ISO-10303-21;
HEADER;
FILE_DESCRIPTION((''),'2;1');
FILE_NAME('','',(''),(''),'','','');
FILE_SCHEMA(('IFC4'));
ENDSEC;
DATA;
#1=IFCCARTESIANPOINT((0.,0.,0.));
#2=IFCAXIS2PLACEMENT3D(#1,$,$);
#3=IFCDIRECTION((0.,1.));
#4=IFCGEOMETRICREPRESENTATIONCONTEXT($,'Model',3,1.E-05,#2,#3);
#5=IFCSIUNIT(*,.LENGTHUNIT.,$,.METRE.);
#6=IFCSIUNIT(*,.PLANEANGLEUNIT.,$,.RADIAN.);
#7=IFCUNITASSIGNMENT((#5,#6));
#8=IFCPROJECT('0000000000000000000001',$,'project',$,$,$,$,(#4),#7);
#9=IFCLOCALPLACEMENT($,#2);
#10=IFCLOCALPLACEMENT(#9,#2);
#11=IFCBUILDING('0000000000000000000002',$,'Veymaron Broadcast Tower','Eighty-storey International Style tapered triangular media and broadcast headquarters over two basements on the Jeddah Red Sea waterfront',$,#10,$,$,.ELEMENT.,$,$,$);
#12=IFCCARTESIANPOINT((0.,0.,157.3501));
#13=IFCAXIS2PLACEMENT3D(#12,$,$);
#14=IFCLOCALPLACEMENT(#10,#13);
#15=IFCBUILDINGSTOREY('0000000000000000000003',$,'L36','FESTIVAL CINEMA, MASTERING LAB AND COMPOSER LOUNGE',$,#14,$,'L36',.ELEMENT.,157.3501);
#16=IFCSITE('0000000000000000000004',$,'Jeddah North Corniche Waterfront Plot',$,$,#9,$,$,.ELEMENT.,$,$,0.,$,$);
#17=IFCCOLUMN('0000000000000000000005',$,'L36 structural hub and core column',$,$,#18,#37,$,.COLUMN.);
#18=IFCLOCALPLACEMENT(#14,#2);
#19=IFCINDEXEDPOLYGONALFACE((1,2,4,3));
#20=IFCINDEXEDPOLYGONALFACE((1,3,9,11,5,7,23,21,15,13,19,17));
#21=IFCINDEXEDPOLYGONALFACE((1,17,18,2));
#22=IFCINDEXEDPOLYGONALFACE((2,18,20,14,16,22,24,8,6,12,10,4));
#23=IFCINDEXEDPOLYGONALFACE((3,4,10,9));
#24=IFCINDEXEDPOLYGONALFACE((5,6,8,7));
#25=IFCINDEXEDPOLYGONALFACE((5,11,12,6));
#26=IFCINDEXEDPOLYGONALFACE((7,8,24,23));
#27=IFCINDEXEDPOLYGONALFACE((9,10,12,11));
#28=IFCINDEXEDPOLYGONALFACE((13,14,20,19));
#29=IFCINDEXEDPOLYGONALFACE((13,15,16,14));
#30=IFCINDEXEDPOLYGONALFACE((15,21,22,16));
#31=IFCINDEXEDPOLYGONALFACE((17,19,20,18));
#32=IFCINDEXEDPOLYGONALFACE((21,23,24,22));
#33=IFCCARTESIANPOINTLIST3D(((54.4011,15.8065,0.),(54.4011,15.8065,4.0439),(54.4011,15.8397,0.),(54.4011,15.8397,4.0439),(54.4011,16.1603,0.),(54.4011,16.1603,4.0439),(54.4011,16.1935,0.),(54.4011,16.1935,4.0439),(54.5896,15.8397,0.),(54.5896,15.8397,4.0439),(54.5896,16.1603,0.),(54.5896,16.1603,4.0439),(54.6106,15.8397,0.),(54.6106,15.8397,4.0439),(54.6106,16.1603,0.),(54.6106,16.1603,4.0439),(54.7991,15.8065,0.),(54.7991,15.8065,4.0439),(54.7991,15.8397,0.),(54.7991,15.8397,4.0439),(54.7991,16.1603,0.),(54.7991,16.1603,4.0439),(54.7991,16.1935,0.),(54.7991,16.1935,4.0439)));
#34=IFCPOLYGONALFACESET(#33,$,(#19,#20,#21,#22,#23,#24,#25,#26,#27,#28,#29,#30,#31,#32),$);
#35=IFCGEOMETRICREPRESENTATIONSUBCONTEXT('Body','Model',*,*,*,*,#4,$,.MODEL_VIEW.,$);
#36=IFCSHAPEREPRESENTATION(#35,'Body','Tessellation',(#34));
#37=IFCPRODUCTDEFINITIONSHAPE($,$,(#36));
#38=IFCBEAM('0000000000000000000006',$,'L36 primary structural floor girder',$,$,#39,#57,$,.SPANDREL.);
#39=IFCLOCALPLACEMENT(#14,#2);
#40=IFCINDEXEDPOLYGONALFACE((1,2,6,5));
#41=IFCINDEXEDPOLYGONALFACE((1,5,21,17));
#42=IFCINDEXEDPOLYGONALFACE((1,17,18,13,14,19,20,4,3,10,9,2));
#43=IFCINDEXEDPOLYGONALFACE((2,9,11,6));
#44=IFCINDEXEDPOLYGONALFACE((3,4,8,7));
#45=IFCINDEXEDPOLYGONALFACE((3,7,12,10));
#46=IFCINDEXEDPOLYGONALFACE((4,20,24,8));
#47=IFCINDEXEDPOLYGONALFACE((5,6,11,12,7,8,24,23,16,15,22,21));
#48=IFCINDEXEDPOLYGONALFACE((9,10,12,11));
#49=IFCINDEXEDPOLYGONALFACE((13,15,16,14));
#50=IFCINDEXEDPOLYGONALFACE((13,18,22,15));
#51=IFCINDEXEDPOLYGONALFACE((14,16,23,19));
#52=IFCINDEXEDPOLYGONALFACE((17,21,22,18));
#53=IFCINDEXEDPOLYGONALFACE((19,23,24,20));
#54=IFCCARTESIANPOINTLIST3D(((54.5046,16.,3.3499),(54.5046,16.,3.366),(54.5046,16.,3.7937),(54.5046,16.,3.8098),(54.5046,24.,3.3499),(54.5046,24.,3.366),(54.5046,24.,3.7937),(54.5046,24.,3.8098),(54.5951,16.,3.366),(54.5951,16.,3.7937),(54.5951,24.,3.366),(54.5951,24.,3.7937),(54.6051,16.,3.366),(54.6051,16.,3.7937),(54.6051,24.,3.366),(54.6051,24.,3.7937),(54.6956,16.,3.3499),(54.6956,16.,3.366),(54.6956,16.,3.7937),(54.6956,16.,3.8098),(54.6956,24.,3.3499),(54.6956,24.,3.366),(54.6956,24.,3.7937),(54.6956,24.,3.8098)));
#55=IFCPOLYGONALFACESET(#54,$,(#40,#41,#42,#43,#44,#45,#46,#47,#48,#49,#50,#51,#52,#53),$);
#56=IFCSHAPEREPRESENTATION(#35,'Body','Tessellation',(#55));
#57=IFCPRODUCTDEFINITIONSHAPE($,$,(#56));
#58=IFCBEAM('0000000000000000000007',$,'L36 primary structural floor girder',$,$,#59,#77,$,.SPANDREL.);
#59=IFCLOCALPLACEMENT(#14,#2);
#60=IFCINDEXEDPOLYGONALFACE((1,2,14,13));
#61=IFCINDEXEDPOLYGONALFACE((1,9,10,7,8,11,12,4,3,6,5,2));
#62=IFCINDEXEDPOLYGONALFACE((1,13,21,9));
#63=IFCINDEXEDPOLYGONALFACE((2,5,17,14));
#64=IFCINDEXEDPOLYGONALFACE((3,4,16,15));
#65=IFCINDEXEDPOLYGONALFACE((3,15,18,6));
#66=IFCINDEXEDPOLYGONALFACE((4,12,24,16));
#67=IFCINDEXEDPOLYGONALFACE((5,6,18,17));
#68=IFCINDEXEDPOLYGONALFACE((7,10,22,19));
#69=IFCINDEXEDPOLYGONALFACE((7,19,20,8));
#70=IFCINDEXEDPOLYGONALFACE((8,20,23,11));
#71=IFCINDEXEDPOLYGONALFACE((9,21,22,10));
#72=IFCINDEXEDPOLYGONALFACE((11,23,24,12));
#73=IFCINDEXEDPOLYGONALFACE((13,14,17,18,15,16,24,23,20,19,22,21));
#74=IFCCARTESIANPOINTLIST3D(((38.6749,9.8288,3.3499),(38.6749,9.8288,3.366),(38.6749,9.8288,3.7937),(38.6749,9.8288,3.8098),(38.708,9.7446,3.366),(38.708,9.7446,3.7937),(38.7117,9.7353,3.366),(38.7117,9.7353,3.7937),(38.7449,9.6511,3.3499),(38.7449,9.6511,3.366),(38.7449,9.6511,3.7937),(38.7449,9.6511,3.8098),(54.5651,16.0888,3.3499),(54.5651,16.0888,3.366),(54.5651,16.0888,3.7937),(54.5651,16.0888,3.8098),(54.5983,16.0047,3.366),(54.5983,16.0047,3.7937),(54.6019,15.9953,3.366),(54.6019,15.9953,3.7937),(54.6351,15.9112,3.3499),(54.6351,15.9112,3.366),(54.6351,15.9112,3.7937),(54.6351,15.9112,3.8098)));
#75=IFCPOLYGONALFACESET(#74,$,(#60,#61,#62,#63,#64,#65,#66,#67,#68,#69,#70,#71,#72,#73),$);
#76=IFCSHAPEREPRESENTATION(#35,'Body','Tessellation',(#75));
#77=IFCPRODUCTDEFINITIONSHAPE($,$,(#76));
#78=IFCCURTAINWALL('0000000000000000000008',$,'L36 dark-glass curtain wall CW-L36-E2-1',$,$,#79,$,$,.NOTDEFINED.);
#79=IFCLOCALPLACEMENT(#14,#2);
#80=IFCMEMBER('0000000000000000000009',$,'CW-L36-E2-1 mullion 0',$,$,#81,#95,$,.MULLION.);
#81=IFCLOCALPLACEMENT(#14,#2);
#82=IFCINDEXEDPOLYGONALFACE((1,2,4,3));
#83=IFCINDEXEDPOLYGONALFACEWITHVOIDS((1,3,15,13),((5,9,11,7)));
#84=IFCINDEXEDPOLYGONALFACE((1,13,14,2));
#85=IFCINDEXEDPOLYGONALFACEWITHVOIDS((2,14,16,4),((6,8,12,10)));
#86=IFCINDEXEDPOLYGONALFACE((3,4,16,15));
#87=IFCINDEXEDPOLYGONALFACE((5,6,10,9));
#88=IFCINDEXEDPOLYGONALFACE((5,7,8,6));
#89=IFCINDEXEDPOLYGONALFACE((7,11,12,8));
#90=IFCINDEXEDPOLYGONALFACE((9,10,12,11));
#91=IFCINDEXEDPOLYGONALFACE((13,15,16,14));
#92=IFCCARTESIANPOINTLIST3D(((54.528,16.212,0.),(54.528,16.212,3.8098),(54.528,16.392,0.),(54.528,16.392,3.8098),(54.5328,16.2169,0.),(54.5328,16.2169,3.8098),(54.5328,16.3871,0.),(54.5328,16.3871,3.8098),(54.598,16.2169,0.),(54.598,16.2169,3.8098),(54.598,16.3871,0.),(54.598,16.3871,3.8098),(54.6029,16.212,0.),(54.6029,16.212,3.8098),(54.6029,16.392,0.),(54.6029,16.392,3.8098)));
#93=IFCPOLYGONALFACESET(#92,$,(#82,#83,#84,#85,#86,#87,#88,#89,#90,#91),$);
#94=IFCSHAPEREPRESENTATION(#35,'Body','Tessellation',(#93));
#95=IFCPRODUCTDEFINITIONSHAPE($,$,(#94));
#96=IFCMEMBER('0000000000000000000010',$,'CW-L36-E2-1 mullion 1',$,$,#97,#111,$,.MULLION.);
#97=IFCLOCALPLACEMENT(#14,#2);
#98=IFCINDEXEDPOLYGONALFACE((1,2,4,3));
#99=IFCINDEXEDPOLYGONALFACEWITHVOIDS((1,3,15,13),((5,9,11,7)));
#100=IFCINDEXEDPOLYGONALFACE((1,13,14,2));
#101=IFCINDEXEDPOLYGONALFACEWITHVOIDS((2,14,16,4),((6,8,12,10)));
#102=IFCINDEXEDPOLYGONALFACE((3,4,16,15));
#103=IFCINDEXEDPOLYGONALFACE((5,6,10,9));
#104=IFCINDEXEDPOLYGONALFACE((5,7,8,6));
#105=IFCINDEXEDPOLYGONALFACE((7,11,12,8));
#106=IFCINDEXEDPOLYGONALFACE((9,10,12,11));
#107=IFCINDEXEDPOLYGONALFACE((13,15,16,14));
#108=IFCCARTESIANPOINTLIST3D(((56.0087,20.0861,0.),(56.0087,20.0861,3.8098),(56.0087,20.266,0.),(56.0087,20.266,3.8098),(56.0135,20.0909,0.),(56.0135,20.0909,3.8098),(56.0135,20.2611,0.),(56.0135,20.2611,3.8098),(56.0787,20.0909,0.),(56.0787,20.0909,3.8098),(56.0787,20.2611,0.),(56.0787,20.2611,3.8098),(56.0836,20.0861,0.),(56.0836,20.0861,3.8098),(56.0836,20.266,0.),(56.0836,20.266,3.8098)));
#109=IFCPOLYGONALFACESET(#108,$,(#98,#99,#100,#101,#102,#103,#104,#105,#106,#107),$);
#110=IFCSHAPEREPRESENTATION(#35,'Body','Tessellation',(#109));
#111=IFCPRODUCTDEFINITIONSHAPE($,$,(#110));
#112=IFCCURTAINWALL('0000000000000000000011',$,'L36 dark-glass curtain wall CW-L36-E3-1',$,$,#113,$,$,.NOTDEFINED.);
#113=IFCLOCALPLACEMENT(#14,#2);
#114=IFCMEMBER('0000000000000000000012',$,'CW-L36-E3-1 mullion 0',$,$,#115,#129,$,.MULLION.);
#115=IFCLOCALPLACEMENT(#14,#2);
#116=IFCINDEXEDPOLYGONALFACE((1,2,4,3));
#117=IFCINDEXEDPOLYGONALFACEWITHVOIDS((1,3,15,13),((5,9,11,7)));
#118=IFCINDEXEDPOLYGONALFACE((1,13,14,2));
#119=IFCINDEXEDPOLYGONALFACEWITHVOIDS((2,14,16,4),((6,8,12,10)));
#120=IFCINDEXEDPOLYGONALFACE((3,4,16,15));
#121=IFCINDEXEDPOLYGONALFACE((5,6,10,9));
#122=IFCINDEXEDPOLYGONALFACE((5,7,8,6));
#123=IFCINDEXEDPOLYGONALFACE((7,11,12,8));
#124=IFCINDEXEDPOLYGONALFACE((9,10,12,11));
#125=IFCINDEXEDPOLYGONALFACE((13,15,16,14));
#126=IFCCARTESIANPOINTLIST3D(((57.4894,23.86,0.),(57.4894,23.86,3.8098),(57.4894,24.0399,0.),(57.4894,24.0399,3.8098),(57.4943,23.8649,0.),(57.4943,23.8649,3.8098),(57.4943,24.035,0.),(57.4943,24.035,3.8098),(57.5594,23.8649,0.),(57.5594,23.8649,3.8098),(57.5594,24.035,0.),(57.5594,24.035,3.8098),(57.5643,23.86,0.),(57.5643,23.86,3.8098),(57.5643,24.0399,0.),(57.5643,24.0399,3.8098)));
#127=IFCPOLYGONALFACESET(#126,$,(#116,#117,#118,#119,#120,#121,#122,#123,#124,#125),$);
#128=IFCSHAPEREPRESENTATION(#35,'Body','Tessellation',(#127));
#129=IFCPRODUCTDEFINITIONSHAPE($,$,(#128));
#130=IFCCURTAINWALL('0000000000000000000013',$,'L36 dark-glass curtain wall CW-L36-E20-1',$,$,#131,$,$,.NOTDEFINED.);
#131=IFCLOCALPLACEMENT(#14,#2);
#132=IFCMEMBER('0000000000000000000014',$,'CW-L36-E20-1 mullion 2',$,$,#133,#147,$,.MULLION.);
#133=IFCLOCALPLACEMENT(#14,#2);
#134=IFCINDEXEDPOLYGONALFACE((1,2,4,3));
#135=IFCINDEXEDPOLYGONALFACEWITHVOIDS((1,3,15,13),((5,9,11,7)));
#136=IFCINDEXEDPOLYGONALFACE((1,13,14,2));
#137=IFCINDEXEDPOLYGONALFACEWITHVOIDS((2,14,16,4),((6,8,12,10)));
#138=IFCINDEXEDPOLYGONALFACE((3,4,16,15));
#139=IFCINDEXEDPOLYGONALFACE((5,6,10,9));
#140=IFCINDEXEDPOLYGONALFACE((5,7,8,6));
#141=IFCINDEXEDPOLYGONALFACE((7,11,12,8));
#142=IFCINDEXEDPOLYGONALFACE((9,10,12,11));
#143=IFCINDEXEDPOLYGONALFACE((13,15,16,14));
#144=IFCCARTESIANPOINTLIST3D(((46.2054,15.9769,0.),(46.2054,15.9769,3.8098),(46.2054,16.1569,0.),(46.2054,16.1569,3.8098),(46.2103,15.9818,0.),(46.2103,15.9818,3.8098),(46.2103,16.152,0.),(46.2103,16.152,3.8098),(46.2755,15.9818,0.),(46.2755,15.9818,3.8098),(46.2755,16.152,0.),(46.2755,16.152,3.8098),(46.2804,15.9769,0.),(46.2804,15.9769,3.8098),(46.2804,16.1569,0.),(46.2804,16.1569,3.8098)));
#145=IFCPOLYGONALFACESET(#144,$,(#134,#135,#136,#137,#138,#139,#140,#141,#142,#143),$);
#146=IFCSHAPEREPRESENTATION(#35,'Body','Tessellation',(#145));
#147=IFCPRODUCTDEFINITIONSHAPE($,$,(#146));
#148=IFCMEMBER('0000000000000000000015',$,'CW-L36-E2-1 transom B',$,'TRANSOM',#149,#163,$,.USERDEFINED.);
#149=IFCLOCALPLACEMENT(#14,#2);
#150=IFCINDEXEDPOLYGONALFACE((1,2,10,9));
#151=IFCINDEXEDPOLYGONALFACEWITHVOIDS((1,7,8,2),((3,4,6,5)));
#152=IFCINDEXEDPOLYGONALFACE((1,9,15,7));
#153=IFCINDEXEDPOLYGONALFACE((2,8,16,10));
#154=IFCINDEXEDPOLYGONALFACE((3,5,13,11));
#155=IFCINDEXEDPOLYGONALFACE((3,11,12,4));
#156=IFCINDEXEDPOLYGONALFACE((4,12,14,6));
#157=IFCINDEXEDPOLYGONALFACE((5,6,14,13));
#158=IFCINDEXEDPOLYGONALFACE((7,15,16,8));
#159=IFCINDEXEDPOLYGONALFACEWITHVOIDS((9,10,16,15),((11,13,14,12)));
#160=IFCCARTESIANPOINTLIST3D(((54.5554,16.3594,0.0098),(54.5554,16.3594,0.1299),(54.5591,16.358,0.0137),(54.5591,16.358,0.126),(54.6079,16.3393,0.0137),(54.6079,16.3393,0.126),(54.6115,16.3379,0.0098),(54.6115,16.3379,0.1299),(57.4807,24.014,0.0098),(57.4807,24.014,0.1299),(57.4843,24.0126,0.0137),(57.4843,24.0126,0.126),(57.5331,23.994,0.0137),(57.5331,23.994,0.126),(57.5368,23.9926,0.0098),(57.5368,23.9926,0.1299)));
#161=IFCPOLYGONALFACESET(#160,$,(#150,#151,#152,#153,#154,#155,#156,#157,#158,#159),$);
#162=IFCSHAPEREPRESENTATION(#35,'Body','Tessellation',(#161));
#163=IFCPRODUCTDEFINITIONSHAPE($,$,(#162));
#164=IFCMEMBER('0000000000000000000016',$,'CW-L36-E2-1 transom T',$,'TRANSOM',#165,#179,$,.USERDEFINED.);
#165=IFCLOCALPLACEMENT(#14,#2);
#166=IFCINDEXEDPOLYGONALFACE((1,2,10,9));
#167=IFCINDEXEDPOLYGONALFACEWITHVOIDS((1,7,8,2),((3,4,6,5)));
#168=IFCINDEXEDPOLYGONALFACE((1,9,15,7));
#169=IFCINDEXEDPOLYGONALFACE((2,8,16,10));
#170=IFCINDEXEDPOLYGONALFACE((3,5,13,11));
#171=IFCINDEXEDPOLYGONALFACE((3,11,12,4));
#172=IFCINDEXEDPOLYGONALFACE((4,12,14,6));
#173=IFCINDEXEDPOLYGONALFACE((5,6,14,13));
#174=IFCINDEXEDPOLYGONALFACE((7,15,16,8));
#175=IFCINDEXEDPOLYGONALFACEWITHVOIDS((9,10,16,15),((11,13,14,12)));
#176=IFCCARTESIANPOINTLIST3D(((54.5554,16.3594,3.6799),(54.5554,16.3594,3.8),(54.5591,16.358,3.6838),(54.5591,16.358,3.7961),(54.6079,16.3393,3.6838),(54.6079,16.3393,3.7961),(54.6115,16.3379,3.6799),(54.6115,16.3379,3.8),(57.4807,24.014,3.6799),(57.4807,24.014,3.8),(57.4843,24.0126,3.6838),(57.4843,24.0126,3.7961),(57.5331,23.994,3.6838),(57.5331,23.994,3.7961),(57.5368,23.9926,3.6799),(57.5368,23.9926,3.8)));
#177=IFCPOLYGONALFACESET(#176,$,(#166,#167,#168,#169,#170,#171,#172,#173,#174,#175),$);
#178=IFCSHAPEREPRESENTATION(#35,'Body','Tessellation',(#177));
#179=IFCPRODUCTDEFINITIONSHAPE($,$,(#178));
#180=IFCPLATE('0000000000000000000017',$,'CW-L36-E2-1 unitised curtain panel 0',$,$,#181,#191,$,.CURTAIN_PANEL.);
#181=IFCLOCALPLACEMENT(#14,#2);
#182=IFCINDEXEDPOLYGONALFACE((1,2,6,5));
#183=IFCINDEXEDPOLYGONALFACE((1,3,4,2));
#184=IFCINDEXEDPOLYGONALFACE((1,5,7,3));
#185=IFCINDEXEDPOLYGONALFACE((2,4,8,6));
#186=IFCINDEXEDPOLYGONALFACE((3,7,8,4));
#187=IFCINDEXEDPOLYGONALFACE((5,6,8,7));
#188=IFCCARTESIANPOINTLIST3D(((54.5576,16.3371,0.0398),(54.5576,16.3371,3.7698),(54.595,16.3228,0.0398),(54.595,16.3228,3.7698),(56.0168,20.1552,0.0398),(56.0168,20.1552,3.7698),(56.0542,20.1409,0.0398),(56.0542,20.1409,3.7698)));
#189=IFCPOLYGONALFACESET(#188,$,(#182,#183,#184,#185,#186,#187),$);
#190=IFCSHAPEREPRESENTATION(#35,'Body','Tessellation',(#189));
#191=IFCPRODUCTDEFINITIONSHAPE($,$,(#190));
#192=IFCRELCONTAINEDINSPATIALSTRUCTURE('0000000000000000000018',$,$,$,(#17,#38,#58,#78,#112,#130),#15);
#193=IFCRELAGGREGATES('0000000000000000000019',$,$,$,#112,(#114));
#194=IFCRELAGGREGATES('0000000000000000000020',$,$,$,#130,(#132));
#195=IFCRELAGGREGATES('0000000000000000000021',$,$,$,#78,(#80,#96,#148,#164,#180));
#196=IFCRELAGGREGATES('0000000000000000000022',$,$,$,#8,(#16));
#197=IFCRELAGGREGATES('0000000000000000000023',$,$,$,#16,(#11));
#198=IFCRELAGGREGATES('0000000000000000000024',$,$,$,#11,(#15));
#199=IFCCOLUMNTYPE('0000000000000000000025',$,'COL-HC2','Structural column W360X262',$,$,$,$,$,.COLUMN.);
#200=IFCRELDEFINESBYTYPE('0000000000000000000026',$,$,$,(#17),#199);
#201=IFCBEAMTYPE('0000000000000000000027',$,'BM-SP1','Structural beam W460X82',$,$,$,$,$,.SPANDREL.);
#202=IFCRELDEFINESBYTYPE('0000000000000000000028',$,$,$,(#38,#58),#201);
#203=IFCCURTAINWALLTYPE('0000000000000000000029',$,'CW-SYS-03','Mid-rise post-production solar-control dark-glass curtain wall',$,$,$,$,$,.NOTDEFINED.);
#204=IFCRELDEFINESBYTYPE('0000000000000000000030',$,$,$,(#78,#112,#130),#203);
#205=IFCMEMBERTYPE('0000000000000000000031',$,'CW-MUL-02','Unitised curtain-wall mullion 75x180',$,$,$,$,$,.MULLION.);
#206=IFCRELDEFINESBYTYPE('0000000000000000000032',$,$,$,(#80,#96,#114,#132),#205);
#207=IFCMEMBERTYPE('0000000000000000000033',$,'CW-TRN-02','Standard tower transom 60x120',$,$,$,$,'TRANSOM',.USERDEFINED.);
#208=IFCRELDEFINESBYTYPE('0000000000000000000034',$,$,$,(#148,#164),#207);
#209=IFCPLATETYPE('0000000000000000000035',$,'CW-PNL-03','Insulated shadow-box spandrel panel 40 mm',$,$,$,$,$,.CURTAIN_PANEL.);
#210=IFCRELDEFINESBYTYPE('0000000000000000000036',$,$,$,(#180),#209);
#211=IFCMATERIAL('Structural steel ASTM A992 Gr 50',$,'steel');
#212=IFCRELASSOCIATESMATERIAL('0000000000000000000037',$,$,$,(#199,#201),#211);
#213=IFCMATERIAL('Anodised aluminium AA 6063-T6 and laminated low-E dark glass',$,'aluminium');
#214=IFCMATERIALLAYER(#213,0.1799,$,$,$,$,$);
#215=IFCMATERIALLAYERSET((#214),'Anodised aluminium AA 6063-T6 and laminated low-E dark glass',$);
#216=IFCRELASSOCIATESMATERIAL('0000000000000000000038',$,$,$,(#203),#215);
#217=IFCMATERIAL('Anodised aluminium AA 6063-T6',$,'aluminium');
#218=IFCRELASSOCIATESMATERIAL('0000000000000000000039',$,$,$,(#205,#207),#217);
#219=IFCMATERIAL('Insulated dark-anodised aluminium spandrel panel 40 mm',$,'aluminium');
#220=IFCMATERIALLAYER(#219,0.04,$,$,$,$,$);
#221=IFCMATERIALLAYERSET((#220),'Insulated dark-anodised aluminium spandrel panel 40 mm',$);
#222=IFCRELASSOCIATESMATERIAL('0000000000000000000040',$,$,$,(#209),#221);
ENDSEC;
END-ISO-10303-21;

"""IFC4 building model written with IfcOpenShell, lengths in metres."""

from ifc_helpers import new_model, si_unit, direction, frame, origin, origin_2d, place, context, subcontext, project, spatial, rectangle, hollow_rectangle, i_section, extrude, material, layer, layer_set, material_profile, profile_set, type_object, element, aggregate, save


model = new_model("IFC4")

# Units and contexts
model_context = context("Model", 3, precision=1e-05, world=origin(), true_north=direction((0.0, 1.0)))
body_context = subcontext(model_context, "Body", "Model", "MODEL_VIEW")
ifc_project = project(units=[si_unit("LENGTHUNIT", "METRE"), si_unit("PLANEANGLEUNIT", "RADIAN")], contexts=[model_context])

# Site, building, storey
site_placement = place(None, origin())
site = spatial("IfcSite", under=ifc_project, at=site_placement, Name="Jeddah North Corniche Waterfront Plot", CompositionType="ELEMENT", RefElevation=0.0)
building_placement = place(site_placement, origin())
building = spatial("IfcBuilding", under=site, at=building_placement, Name="Veymaron Broadcast Tower", Description="Eighty-storey International Style tapered triangular media and broadcast headquarters over two basements on the Jeddah Red Sea waterfront", CompositionType="ELEMENT")
storey_placement = place(building_placement, frame((0.0, 0.0, 157.3501)))
storey = spatial("IfcBuildingStorey", under=building, at=storey_placement, Name="L36", Description="FESTIVAL CINEMA, MASTERING LAB AND COMPOSER LOUNGE", LongName="L36", CompositionType="ELEMENT", Elevation=157.3501)

# Column
ifc_material_1 = material(Name="Structural steel ASTM A992 Gr 50", Category="steel")
ifc_material_profile_1 = material_profile(ifc_material_1, i_section(OverallWidth=0.3979, OverallDepth=0.387, WebThickness=0.021, FlangeThickness=0.0332, at=origin_2d()), Name="W360X262")
ifc_profile_set_1 = profile_set([ifc_material_profile_1], Name="Structural steel ASTM A992 Gr 50")
column_type = type_object("IfcColumnType", Name="COL-HC2", Description="Structural column W360X262", PredefinedType="COLUMN", material=ifc_profile_set_1)
column_placement = place(storey_placement, frame((54.6001, 16.0, 0.0), z_axis=(0.0, 0.0, 1.0), x_axis=(1.0, 0.0, 0.0)))
element("IfcColumn", 1, at=column_placement, inside=storey, type_object=column_type, Name="L36 structural hub and core column", PredefinedType="COLUMN", context=body_context, shape_type="SweptSolid", body=[
    extrude(i_section(OverallWidth=0.3979, OverallDepth=0.387, WebThickness=0.021, FlangeThickness=0.0332, at=origin_2d()), origin(), (0.0, 0.0, 1.0), 4.0439),
])

# Beams
ifc_material_profile_2 = material_profile(ifc_material_1, i_section(OverallWidth=0.1909, OverallDepth=0.46, WebThickness=0.01, FlangeThickness=0.0161, at=origin_2d()), Name="W460X82")
ifc_profile_set_2 = profile_set([ifc_material_profile_2], Name="Structural steel ASTM A992 Gr 50")
beam_type = type_object("IfcBeamType", Name="BM-SP1", Description="Structural beam W460X82", PredefinedType="SPANDREL", material=ifc_profile_set_2)
beam_1_placement = place(storey_placement, frame((54.6001, 16.0, 3.5798), z_axis=(0.0, 1.0, 0.0), x_axis=(-1.0, 0.0, 0.0)))
element("IfcBeam", 2, at=beam_1_placement, inside=storey, type_object=beam_type, Name="L36 primary structural floor girder", PredefinedType="SPANDREL", context=body_context, shape_type="SweptSolid", body=[
    extrude(i_section(OverallWidth=0.1909, OverallDepth=0.46, WebThickness=0.01, FlangeThickness=0.0161, at=origin_2d()), origin(), (0.0, 0.0, 1.0), 8.0),
])
beam_2_placement = place(storey_placement, frame((54.6001, 16.0, 3.5798), z_axis=(-0.930403, -0.366538, 0.0), x_axis=(0.366538, -0.930403, 0.0)))
element("IfcBeam", 3, at=beam_2_placement, inside=storey, type_object=beam_type, Name="L36 primary structural floor girder", PredefinedType="SPANDREL", context=body_context, shape_type="SweptSolid", body=[
    extrude(i_section(OverallWidth=0.1909, OverallDepth=0.46, WebThickness=0.01, FlangeThickness=0.0161, at=origin_2d()), origin(), (0.0, 0.0, 1.0), 17.0789),
])

# Curtain wall, members
ifc_material_2 = material(Name="Anodised aluminium AA 6063-T6 and laminated low-E dark glass", Category="aluminium")
ifc_layer_1 = layer(ifc_material_2, 0.1799)
ifc_layer_set_1 = layer_set([ifc_layer_1], Name="Anodised aluminium AA 6063-T6 and laminated low-E dark glass")
curtain_wall_type = type_object("IfcCurtainWallType", Name="CW-SYS-03", Description="Mid-rise post-production solar-control dark-glass curtain wall", PredefinedType="NOTDEFINED", material=ifc_layer_set_1)
curtain_wall_1_placement = place(storey_placement, origin())
curtain_wall_1 = element("IfcCurtainWall", 4, at=curtain_wall_1_placement, inside=storey, type_object=curtain_wall_type, Name="L36 dark-glass curtain wall CW-L36-E2-1", PredefinedType="NOTDEFINED")
ifc_material_3 = material(Name="Anodised aluminium AA 6063-T6", Category="aluminium")
ifc_material_profile_3 = material_profile(ifc_material_3, hollow_rectangle(XDim=0.075, YDim=0.1799, WallThickness=0.0049, at=origin_2d()), Name="AL180X75X5")
ifc_profile_set_3 = profile_set([ifc_material_profile_3], Name="Anodised aluminium AA 6063-T6")
member_type_1 = type_object("IfcMemberType", Name="CW-MUL-02", Description="Unitised curtain-wall mullion 75x180", PredefinedType="MULLION", material=ifc_profile_set_3)
member_1_placement = place(storey_placement, frame((54.5654, 16.302, 0.0), z_axis=(0.0, 0.0, 1.0), x_axis=(1.0, 0.0, 0.0)))
member_1 = element("IfcMember", 5, at=member_1_placement, type_object=member_type_1, Name="CW-L36-E2-1 mullion 0", PredefinedType="MULLION", context=body_context, shape_type="SweptSolid", body=[
    extrude(hollow_rectangle(XDim=0.075, YDim=0.1799, WallThickness=0.0049, at=origin_2d()), origin(), (0.0, 0.0, 1.0), 3.8098),
])
member_2_placement = place(storey_placement, frame((56.0461, 20.176, 0.0), z_axis=(0.0, 0.0, 1.0), x_axis=(1.0, 0.0, 0.0)))
member_2 = element("IfcMember", 6, at=member_2_placement, type_object=member_type_1, Name="CW-L36-E2-1 mullion 1", PredefinedType="MULLION", context=body_context, shape_type="SweptSolid", body=[
    extrude(hollow_rectangle(XDim=0.075, YDim=0.1799, WallThickness=0.0049, at=origin_2d()), origin(), (0.0, 0.0, 1.0), 3.8098),
])

# Curtain walls, members
curtain_wall_2_placement = place(storey_placement, origin())
curtain_wall_2 = element("IfcCurtainWall", 7, at=curtain_wall_2_placement, inside=storey, type_object=curtain_wall_type, Name="L36 dark-glass curtain wall CW-L36-E3-1", PredefinedType="NOTDEFINED")
member_3_placement = place(storey_placement, frame((57.5269, 23.95, 0.0), z_axis=(0.0, 0.0, 1.0), x_axis=(1.0, 0.0, 0.0)))
member_3 = element("IfcMember", 8, at=member_3_placement, type_object=member_type_1, Name="CW-L36-E3-1 mullion 0", PredefinedType="MULLION", context=body_context, shape_type="SweptSolid", body=[
    extrude(hollow_rectangle(XDim=0.075, YDim=0.1799, WallThickness=0.0049, at=origin_2d()), origin(), (0.0, 0.0, 1.0), 3.8098),
])
aggregate(curtain_wall_2, [member_3])
curtain_wall_3_placement = place(storey_placement, origin())
curtain_wall_3 = element("IfcCurtainWall", 9, at=curtain_wall_3_placement, inside=storey, type_object=curtain_wall_type, Name="L36 dark-glass curtain wall CW-L36-E20-1", PredefinedType="NOTDEFINED")
member_4_placement = place(storey_placement, frame((46.2429, 16.0669, 0.0), z_axis=(0.0, 0.0, 1.0), x_axis=(1.0, 0.0, 0.0)))
member_4 = element("IfcMember", 10, at=member_4_placement, type_object=member_type_1, Name="CW-L36-E20-1 mullion 2", PredefinedType="MULLION", context=body_context, shape_type="SweptSolid", body=[
    extrude(hollow_rectangle(XDim=0.075, YDim=0.1799, WallThickness=0.0049, at=origin_2d()), origin(), (0.0, 0.0, 1.0), 3.8098),
])
aggregate(curtain_wall_3, [member_4])

# Members
ifc_material_profile_4 = material_profile(ifc_material_3, hollow_rectangle(XDim=0.0601, YDim=0.1201, WallThickness=0.0039, at=origin_2d()), Name="AL120X60X4")
ifc_profile_set_4 = profile_set([ifc_material_profile_4], Name="Anodised aluminium AA 6063-T6")
member_type_2 = type_object("IfcMemberType", Name="CW-TRN-02", Description="Standard tower transom 60x120", ElementType="TRANSOM", PredefinedType="USERDEFINED", material=ifc_profile_set_4)
member_5_placement = place(storey_placement, frame((54.5835, 16.3486, 0.0698), z_axis=(0.356974, 0.934114, 0.0), x_axis=(-0.934114, 0.356974, 0.0)))
member_5 = element("IfcMember", 11, at=member_5_placement, type_object=member_type_2, Name="CW-L36-E2-1 transom B", ObjectType="TRANSOM", PredefinedType="USERDEFINED", context=body_context, shape_type="SweptSolid", body=[
    extrude(hollow_rectangle(XDim=0.0601, YDim=0.1201, WallThickness=0.0039, at=origin_2d()), origin(), (0.0, 0.0, 1.0), 8.1946),
])
member_6_placement = place(storey_placement, frame((54.5835, 16.3486, 3.74), z_axis=(0.356974, 0.934114, 0.0), x_axis=(-0.934114, 0.356974, 0.0)))
member_6 = element("IfcMember", 12, at=member_6_placement, type_object=member_type_2, Name="CW-L36-E2-1 transom T", ObjectType="TRANSOM", PredefinedType="USERDEFINED", context=body_context, shape_type="SweptSolid", body=[
    extrude(hollow_rectangle(XDim=0.0601, YDim=0.1201, WallThickness=0.0039, at=origin_2d()), origin(), (0.0, 0.0, 1.0), 8.1946),
])

# Plate
ifc_material_4 = material(Name="Insulated dark-anodised aluminium spandrel panel 40 mm", Category="aluminium")
ifc_layer_2 = layer(ifc_material_4, 0.04)
ifc_layer_set_2 = layer_set([ifc_layer_2], Name="Insulated dark-anodised aluminium spandrel panel 40 mm")
plate_type = type_object("IfcPlateType", Name="CW-PNL-03", Description="Insulated shadow-box spandrel panel 40 mm", PredefinedType="CURTAIN_PANEL", material=ifc_layer_set_2)
plate_1_placement = place(storey_placement, frame((55.3059, 18.239, 0.0398), z_axis=(0.0, 0.0, 1.0), x_axis=(0.357015, 0.934099, 0.0)))
plate_1 = element("IfcPlate", 13, at=plate_1_placement, type_object=plate_type, Name="CW-L36-E2-1 unitised curtain panel 0", PredefinedType="CURTAIN_PANEL", context=body_context, shape_type="SweptSolid", body=[
    extrude(rectangle(XDim=4.0874, YDim=0.04, at=origin_2d()), origin(), (0.0, 0.0, 1.0), 3.73),
])
aggregate(curtain_wall_1, [member_1, member_2, member_5, member_6, plate_1])

save(model, "model.ifc")
